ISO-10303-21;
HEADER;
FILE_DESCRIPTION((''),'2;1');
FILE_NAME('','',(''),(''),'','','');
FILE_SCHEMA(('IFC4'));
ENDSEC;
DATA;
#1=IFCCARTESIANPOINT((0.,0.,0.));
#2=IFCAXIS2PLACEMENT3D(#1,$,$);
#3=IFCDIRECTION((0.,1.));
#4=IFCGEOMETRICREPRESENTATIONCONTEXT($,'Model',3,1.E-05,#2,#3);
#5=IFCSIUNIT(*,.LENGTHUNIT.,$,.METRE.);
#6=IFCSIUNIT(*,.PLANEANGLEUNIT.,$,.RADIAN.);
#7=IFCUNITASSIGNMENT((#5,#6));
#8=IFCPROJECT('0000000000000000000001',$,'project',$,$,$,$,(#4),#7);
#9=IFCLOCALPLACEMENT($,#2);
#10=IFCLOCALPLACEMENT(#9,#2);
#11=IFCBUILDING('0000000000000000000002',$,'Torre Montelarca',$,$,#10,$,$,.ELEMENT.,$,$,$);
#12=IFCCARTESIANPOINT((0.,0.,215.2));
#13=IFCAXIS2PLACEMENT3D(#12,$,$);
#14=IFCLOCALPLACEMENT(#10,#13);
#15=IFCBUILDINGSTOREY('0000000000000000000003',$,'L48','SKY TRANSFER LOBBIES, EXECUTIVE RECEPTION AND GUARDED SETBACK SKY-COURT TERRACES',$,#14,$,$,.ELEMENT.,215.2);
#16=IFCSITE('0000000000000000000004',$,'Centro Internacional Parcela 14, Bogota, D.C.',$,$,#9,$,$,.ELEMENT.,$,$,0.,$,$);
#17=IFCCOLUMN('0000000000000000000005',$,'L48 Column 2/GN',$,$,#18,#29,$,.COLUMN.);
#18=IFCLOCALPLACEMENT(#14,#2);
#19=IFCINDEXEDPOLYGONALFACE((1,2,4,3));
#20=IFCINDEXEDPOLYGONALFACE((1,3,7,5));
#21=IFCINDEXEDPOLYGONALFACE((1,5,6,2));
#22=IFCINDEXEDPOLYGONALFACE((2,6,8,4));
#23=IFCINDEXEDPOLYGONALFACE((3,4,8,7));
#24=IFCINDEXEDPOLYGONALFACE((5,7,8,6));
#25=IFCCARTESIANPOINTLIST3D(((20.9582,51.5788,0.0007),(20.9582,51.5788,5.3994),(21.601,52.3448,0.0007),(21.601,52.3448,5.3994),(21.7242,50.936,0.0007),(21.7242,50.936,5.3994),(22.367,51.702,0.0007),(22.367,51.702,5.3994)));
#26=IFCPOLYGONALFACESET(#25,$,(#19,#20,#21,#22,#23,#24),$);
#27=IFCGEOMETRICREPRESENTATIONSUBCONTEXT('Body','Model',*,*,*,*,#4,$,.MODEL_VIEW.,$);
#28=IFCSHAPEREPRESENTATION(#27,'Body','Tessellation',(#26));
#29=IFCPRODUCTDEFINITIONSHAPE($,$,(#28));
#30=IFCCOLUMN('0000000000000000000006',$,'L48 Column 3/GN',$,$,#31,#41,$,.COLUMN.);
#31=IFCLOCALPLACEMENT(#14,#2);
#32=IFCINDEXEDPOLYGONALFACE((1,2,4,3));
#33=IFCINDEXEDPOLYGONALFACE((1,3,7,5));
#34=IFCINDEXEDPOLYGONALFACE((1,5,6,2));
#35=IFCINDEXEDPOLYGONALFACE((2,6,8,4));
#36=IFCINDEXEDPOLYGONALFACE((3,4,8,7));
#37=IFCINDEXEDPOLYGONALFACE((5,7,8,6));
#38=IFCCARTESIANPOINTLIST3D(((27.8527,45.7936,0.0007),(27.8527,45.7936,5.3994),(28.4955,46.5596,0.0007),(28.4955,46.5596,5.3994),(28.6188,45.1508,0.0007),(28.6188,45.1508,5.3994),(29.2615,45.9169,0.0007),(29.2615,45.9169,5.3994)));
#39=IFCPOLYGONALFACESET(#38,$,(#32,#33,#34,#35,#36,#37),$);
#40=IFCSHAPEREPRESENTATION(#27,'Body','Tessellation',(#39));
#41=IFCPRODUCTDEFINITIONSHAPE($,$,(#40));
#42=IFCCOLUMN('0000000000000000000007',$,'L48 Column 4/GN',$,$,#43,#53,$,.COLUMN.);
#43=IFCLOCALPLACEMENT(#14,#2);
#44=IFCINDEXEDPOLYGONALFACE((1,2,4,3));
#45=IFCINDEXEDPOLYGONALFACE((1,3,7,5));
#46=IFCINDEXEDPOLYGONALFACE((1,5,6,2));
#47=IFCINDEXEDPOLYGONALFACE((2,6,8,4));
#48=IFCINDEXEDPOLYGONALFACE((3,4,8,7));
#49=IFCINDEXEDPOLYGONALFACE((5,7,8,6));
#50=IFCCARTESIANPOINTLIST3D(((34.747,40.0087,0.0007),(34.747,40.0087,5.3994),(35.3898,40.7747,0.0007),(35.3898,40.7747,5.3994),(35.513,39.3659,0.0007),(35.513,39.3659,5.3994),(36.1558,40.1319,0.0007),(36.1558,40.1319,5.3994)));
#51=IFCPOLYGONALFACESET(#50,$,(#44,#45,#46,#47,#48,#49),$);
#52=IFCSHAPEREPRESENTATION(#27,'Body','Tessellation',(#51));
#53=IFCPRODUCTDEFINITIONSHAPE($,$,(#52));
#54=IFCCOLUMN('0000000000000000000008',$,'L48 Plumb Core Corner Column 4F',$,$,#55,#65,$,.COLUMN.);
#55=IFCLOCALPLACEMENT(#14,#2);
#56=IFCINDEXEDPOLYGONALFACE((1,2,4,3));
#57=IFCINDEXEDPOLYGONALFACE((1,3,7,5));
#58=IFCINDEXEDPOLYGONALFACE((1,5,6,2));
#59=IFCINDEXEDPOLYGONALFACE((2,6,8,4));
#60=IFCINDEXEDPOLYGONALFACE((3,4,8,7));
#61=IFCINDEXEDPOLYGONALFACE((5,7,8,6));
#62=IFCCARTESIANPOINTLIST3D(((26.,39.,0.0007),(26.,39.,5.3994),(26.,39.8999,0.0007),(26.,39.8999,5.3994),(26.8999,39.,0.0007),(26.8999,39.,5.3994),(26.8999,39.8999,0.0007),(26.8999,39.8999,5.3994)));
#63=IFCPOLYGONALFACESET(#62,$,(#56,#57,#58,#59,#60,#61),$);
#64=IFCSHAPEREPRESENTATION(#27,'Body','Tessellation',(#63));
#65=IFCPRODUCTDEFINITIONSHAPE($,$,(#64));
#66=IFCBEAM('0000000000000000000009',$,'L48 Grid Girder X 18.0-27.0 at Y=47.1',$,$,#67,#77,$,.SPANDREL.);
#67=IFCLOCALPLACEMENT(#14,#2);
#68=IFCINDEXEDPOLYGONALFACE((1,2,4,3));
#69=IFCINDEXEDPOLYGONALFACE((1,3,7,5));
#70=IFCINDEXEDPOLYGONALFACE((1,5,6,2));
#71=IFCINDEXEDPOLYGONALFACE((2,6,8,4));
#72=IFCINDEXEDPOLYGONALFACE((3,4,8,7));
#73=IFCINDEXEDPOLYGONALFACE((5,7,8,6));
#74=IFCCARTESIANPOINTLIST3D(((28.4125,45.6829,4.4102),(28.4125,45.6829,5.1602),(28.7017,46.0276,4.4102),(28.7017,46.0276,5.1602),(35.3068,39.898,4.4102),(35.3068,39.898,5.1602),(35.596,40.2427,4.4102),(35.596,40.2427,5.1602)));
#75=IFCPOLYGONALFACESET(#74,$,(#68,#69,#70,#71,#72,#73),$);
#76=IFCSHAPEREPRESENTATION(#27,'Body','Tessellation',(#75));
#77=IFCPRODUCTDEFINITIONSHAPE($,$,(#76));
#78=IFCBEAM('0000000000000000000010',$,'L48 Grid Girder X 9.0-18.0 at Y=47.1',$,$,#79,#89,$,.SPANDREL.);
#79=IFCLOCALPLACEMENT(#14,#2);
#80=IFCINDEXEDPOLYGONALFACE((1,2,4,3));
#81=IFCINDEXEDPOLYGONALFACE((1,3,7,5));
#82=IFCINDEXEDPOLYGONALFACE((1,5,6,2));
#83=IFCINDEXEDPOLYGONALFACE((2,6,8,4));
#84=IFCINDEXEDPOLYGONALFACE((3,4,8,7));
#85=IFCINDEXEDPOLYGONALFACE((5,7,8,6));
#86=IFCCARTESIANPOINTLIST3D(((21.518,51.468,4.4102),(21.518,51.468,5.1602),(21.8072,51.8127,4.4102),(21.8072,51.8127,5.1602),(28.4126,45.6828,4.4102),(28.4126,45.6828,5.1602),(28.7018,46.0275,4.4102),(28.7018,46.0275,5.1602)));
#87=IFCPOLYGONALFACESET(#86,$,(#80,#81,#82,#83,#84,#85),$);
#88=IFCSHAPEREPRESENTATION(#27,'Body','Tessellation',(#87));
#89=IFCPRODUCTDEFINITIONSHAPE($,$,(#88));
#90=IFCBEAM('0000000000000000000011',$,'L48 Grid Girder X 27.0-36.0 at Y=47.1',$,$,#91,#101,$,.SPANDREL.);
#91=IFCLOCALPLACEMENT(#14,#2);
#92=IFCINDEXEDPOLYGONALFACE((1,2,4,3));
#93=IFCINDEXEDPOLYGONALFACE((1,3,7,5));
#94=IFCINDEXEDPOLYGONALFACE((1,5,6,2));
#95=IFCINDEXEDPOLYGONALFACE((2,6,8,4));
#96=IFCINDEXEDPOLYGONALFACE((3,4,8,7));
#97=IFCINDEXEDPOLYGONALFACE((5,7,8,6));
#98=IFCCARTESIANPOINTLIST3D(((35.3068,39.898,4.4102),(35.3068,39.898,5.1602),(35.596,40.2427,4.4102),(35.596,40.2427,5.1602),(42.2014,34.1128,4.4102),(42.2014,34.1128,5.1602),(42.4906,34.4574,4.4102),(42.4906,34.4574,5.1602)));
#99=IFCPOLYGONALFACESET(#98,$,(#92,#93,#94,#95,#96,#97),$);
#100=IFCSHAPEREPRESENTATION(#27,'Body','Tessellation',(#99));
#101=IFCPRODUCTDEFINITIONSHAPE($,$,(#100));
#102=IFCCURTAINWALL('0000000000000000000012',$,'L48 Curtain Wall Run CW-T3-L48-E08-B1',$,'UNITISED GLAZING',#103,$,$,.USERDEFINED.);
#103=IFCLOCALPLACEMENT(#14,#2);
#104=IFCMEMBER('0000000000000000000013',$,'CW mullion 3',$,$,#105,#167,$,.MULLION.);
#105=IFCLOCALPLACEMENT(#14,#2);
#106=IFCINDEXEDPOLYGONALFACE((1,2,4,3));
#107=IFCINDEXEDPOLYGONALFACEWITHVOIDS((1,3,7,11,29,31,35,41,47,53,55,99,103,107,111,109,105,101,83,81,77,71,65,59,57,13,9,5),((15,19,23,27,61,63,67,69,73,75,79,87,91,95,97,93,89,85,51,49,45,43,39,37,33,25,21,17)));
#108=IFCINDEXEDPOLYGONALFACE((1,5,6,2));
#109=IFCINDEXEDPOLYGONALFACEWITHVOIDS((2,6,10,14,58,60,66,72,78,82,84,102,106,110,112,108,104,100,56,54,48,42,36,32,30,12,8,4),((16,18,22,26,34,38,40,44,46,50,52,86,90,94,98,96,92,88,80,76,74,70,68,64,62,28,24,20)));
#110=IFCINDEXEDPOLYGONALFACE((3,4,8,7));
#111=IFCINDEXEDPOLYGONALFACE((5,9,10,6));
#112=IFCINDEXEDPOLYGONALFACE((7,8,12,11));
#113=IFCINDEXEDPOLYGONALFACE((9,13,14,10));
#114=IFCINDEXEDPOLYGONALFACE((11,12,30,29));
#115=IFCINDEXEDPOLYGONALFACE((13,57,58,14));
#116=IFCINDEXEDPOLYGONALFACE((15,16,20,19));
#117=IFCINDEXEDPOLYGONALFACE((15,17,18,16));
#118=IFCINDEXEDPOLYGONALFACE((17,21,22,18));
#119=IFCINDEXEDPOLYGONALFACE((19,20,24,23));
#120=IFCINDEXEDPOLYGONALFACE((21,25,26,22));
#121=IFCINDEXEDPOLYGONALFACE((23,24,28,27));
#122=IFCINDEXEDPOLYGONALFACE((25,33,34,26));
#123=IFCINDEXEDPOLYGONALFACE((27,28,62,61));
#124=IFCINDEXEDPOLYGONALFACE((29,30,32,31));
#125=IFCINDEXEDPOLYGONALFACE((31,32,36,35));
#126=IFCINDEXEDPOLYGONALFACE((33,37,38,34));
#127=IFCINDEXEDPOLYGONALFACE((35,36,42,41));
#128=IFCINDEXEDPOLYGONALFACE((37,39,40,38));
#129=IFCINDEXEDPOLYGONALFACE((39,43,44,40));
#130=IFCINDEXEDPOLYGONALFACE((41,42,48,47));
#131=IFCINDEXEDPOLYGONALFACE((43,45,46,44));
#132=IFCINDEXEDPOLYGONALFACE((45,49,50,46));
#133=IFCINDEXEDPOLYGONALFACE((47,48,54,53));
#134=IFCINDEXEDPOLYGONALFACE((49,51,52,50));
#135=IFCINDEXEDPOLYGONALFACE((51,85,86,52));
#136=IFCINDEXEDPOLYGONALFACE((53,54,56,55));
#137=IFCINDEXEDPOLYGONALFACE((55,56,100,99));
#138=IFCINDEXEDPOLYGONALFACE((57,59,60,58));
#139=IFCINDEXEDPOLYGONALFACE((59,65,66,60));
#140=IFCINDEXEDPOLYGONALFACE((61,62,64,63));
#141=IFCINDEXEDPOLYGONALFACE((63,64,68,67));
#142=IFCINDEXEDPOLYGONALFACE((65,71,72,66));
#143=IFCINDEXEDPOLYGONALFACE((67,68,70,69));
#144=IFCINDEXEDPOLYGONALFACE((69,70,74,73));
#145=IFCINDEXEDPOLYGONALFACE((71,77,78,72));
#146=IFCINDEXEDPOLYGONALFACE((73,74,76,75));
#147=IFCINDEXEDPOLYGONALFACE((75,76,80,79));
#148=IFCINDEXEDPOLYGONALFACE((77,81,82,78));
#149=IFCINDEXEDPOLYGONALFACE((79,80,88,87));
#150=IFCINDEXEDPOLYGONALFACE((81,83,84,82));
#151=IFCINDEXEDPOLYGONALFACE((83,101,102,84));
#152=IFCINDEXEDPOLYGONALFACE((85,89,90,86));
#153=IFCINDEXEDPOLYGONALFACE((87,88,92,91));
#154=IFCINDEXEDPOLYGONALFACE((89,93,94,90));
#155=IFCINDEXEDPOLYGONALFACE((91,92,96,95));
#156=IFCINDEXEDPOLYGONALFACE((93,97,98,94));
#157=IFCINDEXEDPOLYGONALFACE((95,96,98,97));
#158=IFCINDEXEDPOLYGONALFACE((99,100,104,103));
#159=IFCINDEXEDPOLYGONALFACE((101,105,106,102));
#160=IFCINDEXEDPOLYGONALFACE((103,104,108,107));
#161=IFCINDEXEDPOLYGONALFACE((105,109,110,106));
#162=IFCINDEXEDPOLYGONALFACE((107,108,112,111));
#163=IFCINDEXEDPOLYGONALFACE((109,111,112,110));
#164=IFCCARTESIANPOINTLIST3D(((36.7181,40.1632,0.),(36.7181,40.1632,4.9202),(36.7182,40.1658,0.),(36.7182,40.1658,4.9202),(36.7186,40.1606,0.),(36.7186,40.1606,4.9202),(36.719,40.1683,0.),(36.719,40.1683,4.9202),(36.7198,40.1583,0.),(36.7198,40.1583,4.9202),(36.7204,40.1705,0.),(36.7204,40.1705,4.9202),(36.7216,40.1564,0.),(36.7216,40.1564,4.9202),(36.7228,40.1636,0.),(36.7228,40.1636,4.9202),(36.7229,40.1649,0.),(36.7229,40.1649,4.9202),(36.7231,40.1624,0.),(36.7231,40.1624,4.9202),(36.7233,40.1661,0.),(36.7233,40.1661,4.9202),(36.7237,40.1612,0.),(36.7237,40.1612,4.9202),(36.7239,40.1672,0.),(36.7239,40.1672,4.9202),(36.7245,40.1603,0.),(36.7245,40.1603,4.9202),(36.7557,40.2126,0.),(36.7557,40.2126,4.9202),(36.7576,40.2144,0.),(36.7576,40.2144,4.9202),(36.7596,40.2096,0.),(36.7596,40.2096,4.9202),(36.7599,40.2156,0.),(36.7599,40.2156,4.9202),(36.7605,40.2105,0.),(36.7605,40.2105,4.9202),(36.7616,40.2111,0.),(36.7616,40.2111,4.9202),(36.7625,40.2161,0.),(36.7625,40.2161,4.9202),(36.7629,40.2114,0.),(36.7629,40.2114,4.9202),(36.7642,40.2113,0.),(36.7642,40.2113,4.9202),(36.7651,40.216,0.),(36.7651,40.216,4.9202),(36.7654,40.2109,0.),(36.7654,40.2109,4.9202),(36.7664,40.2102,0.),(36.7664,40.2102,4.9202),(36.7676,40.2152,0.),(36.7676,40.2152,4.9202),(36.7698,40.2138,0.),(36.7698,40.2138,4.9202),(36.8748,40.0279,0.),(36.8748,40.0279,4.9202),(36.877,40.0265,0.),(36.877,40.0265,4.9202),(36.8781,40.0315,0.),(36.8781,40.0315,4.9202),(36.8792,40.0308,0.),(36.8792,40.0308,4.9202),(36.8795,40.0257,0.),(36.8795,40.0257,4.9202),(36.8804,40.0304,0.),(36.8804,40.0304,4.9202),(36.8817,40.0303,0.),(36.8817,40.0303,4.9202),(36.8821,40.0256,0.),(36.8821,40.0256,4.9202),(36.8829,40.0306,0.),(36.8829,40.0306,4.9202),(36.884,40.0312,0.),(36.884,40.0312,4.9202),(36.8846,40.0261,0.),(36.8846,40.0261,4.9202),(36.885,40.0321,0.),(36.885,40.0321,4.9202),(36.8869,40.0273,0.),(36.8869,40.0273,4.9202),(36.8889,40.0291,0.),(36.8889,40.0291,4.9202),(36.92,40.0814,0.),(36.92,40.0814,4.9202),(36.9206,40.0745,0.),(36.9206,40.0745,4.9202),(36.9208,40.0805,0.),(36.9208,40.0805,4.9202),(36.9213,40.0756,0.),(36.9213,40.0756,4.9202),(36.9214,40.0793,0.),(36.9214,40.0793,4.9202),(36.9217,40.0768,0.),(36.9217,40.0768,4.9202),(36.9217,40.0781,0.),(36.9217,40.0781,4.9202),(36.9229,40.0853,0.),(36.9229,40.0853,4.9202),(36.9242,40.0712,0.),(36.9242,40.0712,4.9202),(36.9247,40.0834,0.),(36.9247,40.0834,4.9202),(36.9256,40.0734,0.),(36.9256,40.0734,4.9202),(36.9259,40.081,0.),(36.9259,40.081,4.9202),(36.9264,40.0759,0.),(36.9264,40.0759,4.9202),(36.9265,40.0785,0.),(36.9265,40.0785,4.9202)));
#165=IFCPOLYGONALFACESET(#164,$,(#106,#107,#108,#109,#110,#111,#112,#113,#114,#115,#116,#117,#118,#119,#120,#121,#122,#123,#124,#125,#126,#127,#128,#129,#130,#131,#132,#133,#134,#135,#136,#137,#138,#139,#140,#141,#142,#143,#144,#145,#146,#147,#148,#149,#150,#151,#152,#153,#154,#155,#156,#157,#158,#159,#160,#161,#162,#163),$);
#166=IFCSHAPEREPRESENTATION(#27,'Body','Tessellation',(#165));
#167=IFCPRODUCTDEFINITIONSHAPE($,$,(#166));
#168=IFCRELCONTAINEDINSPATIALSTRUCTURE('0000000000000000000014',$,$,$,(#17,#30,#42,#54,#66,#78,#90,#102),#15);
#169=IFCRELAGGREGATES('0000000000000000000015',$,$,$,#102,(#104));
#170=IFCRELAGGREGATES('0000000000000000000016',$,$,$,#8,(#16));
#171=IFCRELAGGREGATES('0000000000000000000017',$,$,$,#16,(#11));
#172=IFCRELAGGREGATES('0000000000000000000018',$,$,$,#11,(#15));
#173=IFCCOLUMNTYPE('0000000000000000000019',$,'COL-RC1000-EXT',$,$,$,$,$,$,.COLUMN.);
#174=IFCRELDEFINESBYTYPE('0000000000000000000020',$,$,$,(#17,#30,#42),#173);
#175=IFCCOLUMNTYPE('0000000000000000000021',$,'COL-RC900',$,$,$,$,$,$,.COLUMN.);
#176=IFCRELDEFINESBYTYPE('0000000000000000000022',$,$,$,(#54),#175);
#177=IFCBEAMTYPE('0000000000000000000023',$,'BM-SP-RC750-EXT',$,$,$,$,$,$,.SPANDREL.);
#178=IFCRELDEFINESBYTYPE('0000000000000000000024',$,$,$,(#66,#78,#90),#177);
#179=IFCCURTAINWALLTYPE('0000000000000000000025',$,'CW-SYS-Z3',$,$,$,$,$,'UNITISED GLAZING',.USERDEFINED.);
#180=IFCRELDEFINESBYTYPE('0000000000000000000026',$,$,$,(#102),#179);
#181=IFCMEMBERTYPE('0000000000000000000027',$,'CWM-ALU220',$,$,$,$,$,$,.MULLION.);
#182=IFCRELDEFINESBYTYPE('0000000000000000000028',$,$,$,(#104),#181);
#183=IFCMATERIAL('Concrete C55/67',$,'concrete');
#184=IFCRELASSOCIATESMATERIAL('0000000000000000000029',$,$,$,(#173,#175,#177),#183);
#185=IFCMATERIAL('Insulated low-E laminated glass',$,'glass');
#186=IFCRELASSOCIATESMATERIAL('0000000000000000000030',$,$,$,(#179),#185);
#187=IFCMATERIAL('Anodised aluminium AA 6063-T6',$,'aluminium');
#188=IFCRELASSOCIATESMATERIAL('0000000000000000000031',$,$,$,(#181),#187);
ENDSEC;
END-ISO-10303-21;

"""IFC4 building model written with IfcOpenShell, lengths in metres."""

from ifc_helpers import new_model, si_unit, direction, frame, origin, origin_2d, place, context, subcontext, project, spatial, rectangle, hollow_rectangle, extrude, source, transform, mapped, material, material_profile, profile_set, type_object, element, aggregate, save


model = new_model("IFC4")

# Units and contexts
model_context = context("Model", 3, precision=1e-05, world=origin(), true_north=direction((0.0, 1.0)))
body_context = subcontext(model_context, "Body", "Model", "MODEL_VIEW")
ifc_project = project(units=[si_unit("LENGTHUNIT", "METRE"), si_unit("PLANEANGLEUNIT", "RADIAN")], contexts=[model_context])

# Site, building, storey
site_placement = place(None, origin())
site = spatial("IfcSite", under=ifc_project, at=site_placement, Name="Centro Internacional Parcela 14, Bogota, D.C.", CompositionType="ELEMENT", RefElevation=0.0)
building_placement = place(site_placement, origin())
building = spatial("IfcBuilding", under=site, at=building_placement, Name="Torre Montelarca", CompositionType="ELEMENT")
storey_placement = place(building_placement, frame((0.0, 0.0, 215.2)))
storey = spatial("IfcBuildingStorey", under=building, at=storey_placement, Name="L48", Description="SKY TRANSFER LOBBIES, EXECUTIVE RECEPTION AND GUARDED SETBACK SKY-COURT TERRACES", CompositionType="ELEMENT", Elevation=215.2)

# Columns
ifc_material_1 = material(Name="Concrete C55/67", Category="concrete")
ifc_material_profile_1 = material_profile(ifc_material_1, rectangle(XDim=1.0, YDim=1.0, at=origin_2d()), Name="RC1000X1000", Category="concrete")
ifc_profile_set_1 = profile_set([ifc_material_profile_1], Name="Concrete C55/67")
column_type_1 = type_object("IfcColumnType", Name="COL-RC1000-EXT", PredefinedType="COLUMN", material=ifc_profile_set_1)
shared_shape_1 = source(origin(), body_context, "Body", "SweptSolid", [
    extrude(rectangle(XDim=1.0, YDim=1.0, at=origin_2d()), origin(), (0.0, 0.0, 1.0), 5.3987),
])
for number, where, z_axis, x_axis, name in (
    (1, (21.6626, 51.6404, 0.0007), (0.0, 0.0, 1.0), (-0.766044, 0.642788, 0.0), "L48 Column 2/GN"),
    (2, (28.5571, 45.8552, 0.0007), (0.0, 0.0, 1.0), (-0.766044, 0.642788, 0.0), "L48 Column 3/GN"),
    (3, (35.4514, 40.0703, 0.0007), (0.0, 0.0, 1.0), (-0.766044, 0.642788, 0.0), "L48 Column 4/GN"),
):
    element("IfcColumn", number, at=place(storey_placement, frame(where, z_axis=z_axis, x_axis=x_axis)), inside=storey, type_object=column_type_1, Name=name, PredefinedType="COLUMN", context=body_context, shape_type="MappedRepresentation", body=[
        mapped(shared_shape_1, transform((0.0, 0.0, 0.0), scale=1.0)),
    ])
ifc_material_profile_2 = material_profile(ifc_material_1, rectangle(XDim=0.8999, YDim=0.8999, at=origin_2d()), Name="RC900X900", Category="concrete")
ifc_profile_set_2 = profile_set([ifc_material_profile_2], Name="Concrete C55/67")
column_type_2 = type_object("IfcColumnType", Name="COL-RC900", PredefinedType="COLUMN", material=ifc_profile_set_2)
shared_shape_2 = source(origin(), body_context, "Body", "SweptSolid", [
    extrude(rectangle(XDim=0.8999, YDim=0.8999, at=origin_2d()), origin(), (0.0, 0.0, 1.0), 5.3987),
])
column_placement = place(storey_placement, frame((26.45, 39.45, 0.0007), z_axis=(0.0, 0.0, 1.0), x_axis=(1.0, 0.0, 0.0)))
element("IfcColumn", 4, at=column_placement, inside=storey, type_object=column_type_2, Name="L48 Plumb Core Corner Column 4F", PredefinedType="COLUMN", context=body_context, shape_type="MappedRepresentation", body=[
    mapped(shared_shape_2, transform((0.0, 0.0, 0.0), scale=1.0)),
])

# Beams
ifc_material_profile_3 = material_profile(ifc_material_1, rectangle(XDim=0.45, YDim=0.75, at=origin_2d()), Name="RCB450X750", Category="concrete")
ifc_profile_set_3 = profile_set([ifc_material_profile_3], Name="Concrete C55/67")
beam_type = type_object("IfcBeamType", Name="BM-SP-RC750-EXT", PredefinedType="SPANDREL", material=ifc_profile_set_3)
shared_shape_3 = source(origin(), body_context, "Body", "SweptSolid", [
    extrude(rectangle(XDim=0.45, YDim=0.75, at=origin_2d()), origin(), (0.0, 0.0, 1.0), 8.9998),
])
beam_placement = place(storey_placement, frame((28.5571, 45.8552, 4.7852), z_axis=(0.766049, -0.642782, 0.0), x_axis=(0.642782, 0.766049, 0.0)))
element("IfcBeam", 5, at=beam_placement, inside=storey, type_object=beam_type, Name="L48 Grid Girder X 18.0-27.0 at Y=47.1", PredefinedType="SPANDREL", context=body_context, shape_type="MappedRepresentation", body=[
    mapped(shared_shape_3, transform((0.0, 0.0, 0.0), scale=1.0)),
])
shared_shape_4 = source(origin(), body_context, "Body", "SweptSolid", [
    extrude(rectangle(XDim=0.45, YDim=0.75, at=origin_2d()), origin(), (0.0, 0.0, 1.0), 9.0002),
])
for number, where, z_axis, x_axis, name in (
    (6, (21.6626, 51.6404, 4.7852), (0.766047, -0.642785, 0.0), (0.642785, 0.766047, 0.0), "L48 Grid Girder X 9.0-18.0 at Y=47.1"),
    (7, (35.4514, 40.0703, 4.7852), (0.766047, -0.642785, 0.0), (0.642785, 0.766047, 0.0), "L48 Grid Girder X 27.0-36.0 at Y=47.1"),
):
    element("IfcBeam", number, at=place(storey_placement, frame(where, z_axis=z_axis, x_axis=x_axis)), inside=storey, type_object=beam_type, Name=name, PredefinedType="SPANDREL", context=body_context, shape_type="MappedRepresentation", body=[
        mapped(shared_shape_4, transform((0.0, 0.0, 0.0), scale=1.0)),
    ])

# Curtain wall, member
ifc_material_2 = material(Name="Insulated low-E laminated glass", Category="glass")
curtain_wall_type = type_object("IfcCurtainWallType", Name="CW-SYS-Z3", ElementType="UNITISED GLAZING", PredefinedType="USERDEFINED", material=ifc_material_2)
curtain_wall_1_placement = place(storey_placement, origin())
curtain_wall_1 = element("IfcCurtainWall", 8, at=curtain_wall_1_placement, inside=storey, type_object=curtain_wall_type, Name="L48 Curtain Wall Run CW-T3-L48-E08-B1", ObjectType="UNITISED GLAZING", PredefinedType="USERDEFINED")
ifc_material_3 = material(Name="Anodised aluminium AA 6063-T6", Category="aluminium")
ifc_material_profile_4 = material_profile(ifc_material_3, hollow_rectangle(XDim=0.075, YDim=0.22, WallThickness=0.0049, InnerFilletRadius=0.0049, OuterFilletRadius=0.01, at=origin_2d()), Name="ALU75X220X5", Category="aluminium")
ifc_profile_set_4 = profile_set([ifc_material_profile_4], Name="Anodised aluminium AA 6063-T6")
member_type_1 = type_object("IfcMemberType", Name="CWM-ALU220", PredefinedType="MULLION", material=ifc_profile_set_4)
shared_shape_5 = source(origin(), body_context, "Body", "SweptSolid", [
    extrude(hollow_rectangle(XDim=0.075, YDim=0.22, WallThickness=0.0049, InnerFilletRadius=0.0049, OuterFilletRadius=0.01, at=origin_2d()), origin(), (0.0, 0.0, 1.0), 4.9202),
])
member_1_placement = place(storey_placement, frame((36.8223, 40.1208, 0.0), z_axis=(0.0, 0.0, 1.0), x_axis=(-0.642789, -0.766043, 0.0)))
member_1 = element("IfcMember", 9, at=member_1_placement, type_object=member_type_1, Name="CW mullion 3", PredefinedType="MULLION", context=body_context, shape_type="MappedRepresentation", body=[
    mapped(shared_shape_5, transform((0.0, 0.0, 0.0), scale=1.0)),
])
aggregate(curtain_wall_1, [member_1])

save(model, "model.ifc")
